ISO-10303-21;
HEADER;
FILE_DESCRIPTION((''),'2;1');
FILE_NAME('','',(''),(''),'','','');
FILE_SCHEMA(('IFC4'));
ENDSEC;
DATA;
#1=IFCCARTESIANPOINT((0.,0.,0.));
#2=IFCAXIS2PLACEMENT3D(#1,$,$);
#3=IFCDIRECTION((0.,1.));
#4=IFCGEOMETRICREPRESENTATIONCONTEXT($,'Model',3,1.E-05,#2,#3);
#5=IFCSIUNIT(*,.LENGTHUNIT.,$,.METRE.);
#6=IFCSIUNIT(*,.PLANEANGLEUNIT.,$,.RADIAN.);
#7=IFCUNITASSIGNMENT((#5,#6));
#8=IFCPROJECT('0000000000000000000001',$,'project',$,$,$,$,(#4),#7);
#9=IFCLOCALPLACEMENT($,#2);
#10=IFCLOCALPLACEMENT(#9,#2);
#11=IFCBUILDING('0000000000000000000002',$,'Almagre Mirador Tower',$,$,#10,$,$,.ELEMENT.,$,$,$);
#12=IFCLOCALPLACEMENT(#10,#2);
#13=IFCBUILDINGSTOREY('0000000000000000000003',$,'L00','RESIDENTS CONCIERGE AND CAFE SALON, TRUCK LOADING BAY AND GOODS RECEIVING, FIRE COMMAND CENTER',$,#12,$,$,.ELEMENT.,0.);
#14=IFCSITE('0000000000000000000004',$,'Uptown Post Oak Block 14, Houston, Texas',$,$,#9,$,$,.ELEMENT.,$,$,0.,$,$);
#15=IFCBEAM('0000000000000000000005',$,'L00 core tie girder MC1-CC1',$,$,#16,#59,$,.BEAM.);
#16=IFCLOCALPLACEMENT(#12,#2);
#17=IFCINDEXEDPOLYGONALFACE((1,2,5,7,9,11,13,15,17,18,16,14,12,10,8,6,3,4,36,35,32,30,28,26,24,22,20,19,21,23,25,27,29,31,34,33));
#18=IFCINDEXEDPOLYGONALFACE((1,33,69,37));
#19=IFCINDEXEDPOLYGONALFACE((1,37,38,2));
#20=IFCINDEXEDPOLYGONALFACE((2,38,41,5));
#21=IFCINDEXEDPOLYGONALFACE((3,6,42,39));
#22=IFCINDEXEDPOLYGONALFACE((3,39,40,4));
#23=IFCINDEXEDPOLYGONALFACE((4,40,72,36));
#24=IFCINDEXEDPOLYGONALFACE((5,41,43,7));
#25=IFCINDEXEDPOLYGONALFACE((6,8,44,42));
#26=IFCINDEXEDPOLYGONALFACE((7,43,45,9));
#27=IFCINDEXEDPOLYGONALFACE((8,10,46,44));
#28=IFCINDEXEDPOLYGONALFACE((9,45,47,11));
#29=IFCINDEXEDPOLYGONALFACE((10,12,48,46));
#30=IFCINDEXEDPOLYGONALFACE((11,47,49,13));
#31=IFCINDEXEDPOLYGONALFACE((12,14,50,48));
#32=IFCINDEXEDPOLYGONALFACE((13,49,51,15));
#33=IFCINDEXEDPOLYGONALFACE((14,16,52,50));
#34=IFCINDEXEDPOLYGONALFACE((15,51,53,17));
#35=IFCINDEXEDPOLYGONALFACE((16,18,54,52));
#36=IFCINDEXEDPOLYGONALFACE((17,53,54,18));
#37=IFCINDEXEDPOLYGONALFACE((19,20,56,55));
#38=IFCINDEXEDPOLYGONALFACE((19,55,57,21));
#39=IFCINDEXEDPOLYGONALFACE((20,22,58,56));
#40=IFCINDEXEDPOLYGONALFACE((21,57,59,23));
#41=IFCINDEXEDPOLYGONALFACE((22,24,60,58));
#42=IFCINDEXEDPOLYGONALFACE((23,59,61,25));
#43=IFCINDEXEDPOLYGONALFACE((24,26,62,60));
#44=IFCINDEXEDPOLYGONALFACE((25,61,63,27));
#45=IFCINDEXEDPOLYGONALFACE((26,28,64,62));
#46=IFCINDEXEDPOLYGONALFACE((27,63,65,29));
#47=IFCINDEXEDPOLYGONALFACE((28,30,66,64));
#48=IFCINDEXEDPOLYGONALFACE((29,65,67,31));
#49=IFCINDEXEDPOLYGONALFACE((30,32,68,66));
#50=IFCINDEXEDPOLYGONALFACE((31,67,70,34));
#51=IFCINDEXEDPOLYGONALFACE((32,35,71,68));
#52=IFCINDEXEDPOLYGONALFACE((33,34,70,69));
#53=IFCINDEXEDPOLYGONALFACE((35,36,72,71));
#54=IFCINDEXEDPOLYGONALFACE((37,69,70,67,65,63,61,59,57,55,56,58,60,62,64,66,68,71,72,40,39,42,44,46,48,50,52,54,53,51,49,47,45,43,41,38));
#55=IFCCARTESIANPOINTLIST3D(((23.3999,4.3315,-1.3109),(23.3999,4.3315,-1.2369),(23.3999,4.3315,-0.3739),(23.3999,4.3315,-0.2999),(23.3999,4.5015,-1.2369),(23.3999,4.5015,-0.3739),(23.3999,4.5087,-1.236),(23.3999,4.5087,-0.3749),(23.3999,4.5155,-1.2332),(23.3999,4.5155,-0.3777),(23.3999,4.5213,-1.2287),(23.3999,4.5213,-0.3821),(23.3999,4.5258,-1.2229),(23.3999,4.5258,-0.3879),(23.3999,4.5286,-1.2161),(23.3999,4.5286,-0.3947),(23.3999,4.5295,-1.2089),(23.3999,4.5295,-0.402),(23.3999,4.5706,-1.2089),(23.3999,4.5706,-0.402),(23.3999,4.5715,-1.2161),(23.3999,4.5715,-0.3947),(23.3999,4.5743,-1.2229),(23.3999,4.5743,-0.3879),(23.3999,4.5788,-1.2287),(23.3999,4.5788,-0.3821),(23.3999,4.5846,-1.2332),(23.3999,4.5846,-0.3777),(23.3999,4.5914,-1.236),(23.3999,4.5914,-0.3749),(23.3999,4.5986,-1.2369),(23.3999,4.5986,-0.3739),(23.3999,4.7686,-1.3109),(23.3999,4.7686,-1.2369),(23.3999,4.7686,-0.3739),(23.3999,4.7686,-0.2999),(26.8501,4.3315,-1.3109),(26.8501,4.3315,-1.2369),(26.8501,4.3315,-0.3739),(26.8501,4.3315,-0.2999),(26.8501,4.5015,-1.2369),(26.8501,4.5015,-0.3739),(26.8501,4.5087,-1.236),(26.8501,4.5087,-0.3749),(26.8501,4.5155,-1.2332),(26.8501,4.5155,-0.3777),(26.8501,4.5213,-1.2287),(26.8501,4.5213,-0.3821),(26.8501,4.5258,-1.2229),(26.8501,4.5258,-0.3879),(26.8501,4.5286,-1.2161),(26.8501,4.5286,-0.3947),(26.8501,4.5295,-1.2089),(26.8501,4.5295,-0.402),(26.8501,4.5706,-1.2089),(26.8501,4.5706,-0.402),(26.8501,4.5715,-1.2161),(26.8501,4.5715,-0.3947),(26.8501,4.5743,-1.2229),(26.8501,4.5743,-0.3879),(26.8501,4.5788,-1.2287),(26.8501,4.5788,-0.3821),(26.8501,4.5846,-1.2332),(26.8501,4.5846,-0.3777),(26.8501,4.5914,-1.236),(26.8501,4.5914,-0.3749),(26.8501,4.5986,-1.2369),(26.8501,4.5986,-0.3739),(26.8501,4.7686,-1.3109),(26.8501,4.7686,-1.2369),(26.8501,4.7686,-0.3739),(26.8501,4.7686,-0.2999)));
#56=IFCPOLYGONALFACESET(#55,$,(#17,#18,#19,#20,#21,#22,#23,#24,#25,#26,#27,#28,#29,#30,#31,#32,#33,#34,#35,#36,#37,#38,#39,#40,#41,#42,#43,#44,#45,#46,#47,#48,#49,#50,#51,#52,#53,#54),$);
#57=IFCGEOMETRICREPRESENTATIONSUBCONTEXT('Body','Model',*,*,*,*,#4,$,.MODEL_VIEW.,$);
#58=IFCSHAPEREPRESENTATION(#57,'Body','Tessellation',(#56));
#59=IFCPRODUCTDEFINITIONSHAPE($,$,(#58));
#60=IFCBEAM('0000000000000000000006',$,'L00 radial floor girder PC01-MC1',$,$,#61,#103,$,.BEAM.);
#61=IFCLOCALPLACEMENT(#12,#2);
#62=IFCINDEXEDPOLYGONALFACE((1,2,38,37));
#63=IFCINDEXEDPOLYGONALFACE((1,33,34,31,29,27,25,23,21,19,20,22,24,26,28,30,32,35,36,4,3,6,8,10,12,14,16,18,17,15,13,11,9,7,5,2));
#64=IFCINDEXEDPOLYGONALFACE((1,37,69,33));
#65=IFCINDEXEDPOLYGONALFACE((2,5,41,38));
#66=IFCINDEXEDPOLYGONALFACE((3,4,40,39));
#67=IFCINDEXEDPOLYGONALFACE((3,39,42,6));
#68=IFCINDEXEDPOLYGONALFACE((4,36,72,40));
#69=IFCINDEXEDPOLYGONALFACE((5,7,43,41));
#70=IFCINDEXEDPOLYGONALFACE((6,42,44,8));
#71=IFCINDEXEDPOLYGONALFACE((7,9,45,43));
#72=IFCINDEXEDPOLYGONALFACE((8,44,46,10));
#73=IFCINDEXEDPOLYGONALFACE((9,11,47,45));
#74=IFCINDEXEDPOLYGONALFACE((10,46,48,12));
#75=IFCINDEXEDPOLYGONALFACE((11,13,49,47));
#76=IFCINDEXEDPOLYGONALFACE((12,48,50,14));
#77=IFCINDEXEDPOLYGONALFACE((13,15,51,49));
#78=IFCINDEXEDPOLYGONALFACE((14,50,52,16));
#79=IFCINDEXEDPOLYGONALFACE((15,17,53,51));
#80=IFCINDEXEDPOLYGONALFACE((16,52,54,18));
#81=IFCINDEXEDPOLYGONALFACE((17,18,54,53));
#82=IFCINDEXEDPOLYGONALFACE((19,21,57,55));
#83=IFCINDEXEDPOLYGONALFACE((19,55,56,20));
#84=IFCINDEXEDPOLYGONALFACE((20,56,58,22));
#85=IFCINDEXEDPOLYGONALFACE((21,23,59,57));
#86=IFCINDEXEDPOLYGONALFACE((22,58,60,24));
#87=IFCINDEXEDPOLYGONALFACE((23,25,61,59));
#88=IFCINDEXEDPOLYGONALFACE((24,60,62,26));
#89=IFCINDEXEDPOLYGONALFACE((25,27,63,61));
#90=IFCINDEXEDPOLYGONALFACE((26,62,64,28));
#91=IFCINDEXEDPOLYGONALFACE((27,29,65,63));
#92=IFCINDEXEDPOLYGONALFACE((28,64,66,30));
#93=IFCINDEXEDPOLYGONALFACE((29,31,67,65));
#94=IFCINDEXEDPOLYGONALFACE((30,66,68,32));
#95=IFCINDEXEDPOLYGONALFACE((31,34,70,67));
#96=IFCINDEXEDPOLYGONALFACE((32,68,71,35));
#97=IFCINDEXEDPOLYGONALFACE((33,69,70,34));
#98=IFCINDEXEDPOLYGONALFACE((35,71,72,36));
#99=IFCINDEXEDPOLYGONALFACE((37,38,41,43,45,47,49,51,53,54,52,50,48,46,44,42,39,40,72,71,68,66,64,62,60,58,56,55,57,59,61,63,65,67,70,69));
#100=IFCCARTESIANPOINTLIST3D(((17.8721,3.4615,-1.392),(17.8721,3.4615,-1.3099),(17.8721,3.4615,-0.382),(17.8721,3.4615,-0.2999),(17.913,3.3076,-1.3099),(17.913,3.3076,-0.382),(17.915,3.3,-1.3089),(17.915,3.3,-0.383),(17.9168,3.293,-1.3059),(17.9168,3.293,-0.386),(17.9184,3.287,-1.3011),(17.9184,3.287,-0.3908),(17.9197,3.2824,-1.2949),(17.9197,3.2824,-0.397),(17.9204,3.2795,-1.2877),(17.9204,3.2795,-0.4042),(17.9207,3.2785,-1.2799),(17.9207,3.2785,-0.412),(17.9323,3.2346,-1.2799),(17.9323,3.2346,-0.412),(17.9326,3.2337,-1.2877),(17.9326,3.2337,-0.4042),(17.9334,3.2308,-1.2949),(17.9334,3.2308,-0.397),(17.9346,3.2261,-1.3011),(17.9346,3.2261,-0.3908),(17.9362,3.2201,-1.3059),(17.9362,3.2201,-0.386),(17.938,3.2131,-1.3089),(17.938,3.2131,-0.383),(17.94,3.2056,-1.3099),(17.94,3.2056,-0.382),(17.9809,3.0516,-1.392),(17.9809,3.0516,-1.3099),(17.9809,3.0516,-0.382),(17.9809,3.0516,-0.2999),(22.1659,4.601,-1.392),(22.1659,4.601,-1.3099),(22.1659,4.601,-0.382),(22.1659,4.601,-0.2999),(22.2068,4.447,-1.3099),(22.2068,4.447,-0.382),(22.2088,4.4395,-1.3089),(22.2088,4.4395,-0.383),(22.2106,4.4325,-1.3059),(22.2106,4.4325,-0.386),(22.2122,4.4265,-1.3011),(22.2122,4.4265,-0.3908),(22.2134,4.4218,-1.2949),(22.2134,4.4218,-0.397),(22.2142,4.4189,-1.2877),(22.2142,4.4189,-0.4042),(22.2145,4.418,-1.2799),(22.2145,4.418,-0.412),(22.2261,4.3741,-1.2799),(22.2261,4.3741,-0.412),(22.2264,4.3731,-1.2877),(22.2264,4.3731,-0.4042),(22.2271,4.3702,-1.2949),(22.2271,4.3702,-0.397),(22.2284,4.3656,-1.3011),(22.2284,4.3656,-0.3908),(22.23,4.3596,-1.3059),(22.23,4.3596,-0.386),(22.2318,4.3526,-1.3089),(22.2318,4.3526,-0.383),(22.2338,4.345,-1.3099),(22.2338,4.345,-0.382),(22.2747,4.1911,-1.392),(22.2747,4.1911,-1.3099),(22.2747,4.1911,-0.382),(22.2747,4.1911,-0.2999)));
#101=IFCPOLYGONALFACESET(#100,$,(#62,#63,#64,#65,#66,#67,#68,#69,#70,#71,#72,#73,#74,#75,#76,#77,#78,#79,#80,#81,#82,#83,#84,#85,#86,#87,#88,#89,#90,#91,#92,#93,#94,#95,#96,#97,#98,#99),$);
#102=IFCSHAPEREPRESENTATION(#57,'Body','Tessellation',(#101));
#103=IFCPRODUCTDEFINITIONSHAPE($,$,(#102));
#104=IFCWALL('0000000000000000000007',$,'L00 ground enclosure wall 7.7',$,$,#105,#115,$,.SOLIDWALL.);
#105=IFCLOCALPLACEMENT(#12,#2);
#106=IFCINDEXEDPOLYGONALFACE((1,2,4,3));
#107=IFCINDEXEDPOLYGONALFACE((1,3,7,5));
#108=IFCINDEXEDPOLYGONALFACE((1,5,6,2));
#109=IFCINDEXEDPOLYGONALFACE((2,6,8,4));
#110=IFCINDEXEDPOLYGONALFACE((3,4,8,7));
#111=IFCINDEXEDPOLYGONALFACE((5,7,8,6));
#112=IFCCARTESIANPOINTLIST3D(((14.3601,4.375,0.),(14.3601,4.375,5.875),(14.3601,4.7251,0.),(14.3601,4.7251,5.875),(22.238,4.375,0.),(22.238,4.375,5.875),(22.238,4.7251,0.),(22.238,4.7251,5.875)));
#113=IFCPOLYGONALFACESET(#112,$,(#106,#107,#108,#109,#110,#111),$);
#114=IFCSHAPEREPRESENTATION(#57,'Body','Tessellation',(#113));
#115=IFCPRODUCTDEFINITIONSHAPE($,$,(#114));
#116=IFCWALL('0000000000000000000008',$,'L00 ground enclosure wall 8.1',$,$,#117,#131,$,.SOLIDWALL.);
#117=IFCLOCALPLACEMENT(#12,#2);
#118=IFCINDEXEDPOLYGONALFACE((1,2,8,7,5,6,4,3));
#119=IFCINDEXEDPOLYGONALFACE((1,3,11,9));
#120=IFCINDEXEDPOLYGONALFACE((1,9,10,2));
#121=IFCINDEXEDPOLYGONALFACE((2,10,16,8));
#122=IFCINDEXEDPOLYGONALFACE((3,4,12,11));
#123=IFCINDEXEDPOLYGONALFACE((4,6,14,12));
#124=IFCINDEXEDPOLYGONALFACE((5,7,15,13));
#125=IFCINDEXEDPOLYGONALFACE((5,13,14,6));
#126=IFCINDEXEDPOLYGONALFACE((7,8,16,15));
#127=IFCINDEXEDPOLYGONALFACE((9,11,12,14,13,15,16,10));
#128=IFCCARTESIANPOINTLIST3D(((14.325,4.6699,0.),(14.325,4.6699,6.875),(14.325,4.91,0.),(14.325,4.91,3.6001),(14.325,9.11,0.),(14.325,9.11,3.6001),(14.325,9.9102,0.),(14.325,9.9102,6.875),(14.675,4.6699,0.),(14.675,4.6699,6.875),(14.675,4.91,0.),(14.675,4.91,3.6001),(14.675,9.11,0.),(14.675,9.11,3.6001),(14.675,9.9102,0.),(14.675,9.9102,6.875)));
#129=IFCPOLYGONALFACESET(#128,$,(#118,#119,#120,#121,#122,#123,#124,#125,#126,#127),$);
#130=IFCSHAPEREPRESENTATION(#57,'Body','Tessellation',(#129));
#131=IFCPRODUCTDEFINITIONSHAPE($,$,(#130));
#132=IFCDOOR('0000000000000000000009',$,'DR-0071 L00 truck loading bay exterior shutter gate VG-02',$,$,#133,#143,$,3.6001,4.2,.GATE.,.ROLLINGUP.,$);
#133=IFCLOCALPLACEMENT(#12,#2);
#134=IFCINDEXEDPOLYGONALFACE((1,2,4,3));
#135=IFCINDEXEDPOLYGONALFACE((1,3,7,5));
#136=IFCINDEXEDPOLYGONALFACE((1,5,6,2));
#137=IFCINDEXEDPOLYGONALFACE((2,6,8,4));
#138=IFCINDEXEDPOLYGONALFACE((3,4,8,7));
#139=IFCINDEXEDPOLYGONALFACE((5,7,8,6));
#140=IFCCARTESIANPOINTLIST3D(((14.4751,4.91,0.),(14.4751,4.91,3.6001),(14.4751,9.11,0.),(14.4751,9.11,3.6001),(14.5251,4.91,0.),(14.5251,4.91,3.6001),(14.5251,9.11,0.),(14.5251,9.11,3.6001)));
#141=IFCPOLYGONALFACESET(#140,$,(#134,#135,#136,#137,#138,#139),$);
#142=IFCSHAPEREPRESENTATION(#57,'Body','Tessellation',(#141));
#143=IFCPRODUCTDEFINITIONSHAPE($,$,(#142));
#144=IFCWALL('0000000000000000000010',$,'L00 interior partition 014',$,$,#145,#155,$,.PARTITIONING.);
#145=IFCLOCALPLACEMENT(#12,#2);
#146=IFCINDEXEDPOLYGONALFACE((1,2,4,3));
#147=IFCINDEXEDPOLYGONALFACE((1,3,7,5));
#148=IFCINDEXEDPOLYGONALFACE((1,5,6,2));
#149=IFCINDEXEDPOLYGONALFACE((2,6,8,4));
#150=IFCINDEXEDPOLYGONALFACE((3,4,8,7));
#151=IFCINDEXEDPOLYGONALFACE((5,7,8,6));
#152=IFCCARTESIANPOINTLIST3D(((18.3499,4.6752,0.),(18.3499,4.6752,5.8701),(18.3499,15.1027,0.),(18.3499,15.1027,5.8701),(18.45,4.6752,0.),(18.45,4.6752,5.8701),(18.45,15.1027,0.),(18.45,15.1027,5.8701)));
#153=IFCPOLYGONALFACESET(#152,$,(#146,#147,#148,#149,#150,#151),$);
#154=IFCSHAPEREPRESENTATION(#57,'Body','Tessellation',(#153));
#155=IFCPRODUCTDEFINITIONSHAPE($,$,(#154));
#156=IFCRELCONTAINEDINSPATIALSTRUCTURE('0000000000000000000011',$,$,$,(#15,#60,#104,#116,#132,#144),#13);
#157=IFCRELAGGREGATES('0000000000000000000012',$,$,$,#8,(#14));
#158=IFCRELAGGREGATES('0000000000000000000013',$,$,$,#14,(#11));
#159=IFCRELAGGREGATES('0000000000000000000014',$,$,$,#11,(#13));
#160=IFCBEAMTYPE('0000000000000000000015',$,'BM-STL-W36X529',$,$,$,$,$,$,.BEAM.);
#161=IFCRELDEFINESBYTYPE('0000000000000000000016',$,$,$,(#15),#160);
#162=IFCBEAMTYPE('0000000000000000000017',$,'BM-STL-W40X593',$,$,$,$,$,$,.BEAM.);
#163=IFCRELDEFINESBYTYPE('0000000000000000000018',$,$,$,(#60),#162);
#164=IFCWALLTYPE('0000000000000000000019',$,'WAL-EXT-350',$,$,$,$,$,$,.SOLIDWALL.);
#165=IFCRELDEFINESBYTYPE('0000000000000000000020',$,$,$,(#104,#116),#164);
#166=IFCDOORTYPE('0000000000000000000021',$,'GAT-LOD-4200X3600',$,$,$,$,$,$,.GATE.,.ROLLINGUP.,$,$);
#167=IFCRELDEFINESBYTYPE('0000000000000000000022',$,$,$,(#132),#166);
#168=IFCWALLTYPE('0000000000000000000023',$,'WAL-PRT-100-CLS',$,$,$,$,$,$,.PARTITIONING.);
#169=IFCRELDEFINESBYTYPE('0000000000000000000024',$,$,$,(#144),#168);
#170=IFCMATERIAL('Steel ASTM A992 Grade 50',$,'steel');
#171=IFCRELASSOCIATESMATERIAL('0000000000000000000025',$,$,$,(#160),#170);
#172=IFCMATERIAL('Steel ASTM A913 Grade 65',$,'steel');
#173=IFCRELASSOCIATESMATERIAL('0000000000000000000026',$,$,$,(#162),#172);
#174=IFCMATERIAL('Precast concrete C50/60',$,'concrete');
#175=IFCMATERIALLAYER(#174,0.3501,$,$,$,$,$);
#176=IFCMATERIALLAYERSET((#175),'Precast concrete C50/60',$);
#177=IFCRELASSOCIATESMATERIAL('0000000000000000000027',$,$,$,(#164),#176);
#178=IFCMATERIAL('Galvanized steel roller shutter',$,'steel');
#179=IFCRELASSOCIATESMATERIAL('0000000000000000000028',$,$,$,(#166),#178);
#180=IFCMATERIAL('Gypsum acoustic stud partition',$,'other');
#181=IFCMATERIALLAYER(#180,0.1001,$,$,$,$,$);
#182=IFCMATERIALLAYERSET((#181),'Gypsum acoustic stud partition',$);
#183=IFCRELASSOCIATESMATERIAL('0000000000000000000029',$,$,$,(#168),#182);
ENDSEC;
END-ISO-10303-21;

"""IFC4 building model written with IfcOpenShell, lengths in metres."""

from ifc_helpers import new_model, si_unit, direction, frame, frame_2d, origin, origin_2d, place, context, subcontext, project, spatial, rectangle, i_section, extrude, material, layer, layer_set, material_profile, profile_set, type_object, element, fill, save


model = new_model("IFC4")

# Units and contexts
model_context = context("Model", 3, precision=1e-05, world=origin(), true_north=direction((0.0, 1.0)))
body_context = subcontext(model_context, "Body", "Model", "MODEL_VIEW")
ifc_project = project(units=[si_unit("LENGTHUNIT", "METRE"), si_unit("PLANEANGLEUNIT", "RADIAN")], contexts=[model_context])

# Site, building, storey
site_placement = place(None, origin())
site = spatial("IfcSite", under=ifc_project, at=site_placement, Name="Uptown Post Oak Block 14, Houston, Texas", CompositionType="ELEMENT", RefElevation=0.0)
building_placement = place(site_placement, origin())
building = spatial("IfcBuilding", under=site, at=building_placement, Name="Almagre Mirador Tower", CompositionType="ELEMENT")
storey_placement = place(building_placement, origin())
storey = spatial("IfcBuildingStorey", under=building, at=storey_placement, Name="L00", Description="RESIDENTS CONCIERGE AND CAFE SALON, TRUCK LOADING BAY AND GOODS RECEIVING, FIRE COMMAND CENTER", CompositionType="ELEMENT", Elevation=0.0)

# Beams
ifc_material_1 = material(Name="Steel ASTM A992 Grade 50", Category="steel")
ifc_material_profile_1 = material_profile(ifc_material_1, i_section(OverallWidth=0.437, OverallDepth=1.011, WebThickness=0.041, FlangeThickness=0.074, FilletRadius=0.0281, at=origin_2d()), Name="W36X529")
ifc_profile_set_1 = profile_set([ifc_material_profile_1], Name="Steel ASTM A992 Grade 50")
beam_type_1 = type_object("IfcBeamType", Name="BM-STL-W36X529", PredefinedType="BEAM", material=ifc_profile_set_1)
beam_1_placement = place(storey_placement, frame((23.3999, 4.55, -0.8054), z_axis=(1.0, 0.0, 0.0), x_axis=(0.0, 1.0, 0.0)))
element("IfcBeam", 1, at=beam_1_placement, inside=storey, type_object=beam_type_1, Name="L00 core tie girder MC1-CC1", PredefinedType="BEAM", context=body_context, shape_type="SweptSolid", body=[
    extrude(i_section(OverallWidth=0.437, OverallDepth=1.011, WebThickness=0.041, FlangeThickness=0.074, FilletRadius=0.0281, at=origin_2d()), origin(), (0.0, 0.0, 1.0), 3.4502),
])
ifc_material_2 = material(Name="Steel ASTM A913 Grade 65", Category="steel")
ifc_material_profile_2 = material_profile(ifc_material_2, i_section(OverallWidth=0.4241, OverallDepth=1.092, WebThickness=0.0454, FlangeThickness=0.082, FilletRadius=0.03, at=origin_2d()), Name="W40X593")
ifc_profile_set_2 = profile_set([ifc_material_profile_2], Name="Steel ASTM A913 Grade 65")
beam_type_2 = type_object("IfcBeamType", Name="BM-STL-W40X593", PredefinedType="BEAM", material=ifc_profile_set_2)
beam_2_placement = place(storey_placement, frame((17.9265, 3.2566, -0.8459), z_axis=(0.966547, 0.256489, 0.0), x_axis=(-0.256489, 0.966547, 0.0)))
element("IfcBeam", 2, at=beam_2_placement, inside=storey, type_object=beam_type_2, Name="L00 radial floor girder PC01-MC1", PredefinedType="BEAM", context=body_context, shape_type="SweptSolid", body=[
    extrude(i_section(OverallWidth=0.4241, OverallDepth=1.092, WebThickness=0.0454, FlangeThickness=0.082, FilletRadius=0.03, at=origin_2d()), origin(), (0.0, 0.0, 1.0), 4.4424),
])

# Wall
ifc_material_3 = material(Name="Precast concrete C50/60", Category="concrete")
ifc_layer_1 = layer(ifc_material_3, 0.3501)
ifc_layer_set_1 = layer_set([ifc_layer_1], Name="Precast concrete C50/60")
wall_type_1 = type_object("IfcWallType", Name="WAL-EXT-350", PredefinedType="SOLIDWALL", material=ifc_layer_set_1)
wall_1_placement = place(storey_placement, frame((22.238, 4.55, 0.0), z_axis=(0.0, 0.0, 1.0), x_axis=(-1.0, 0.0, 0.0)))
element("IfcWall", 3, at=wall_1_placement, inside=storey, type_object=wall_type_1, Name="L00 ground enclosure wall 7.7", PredefinedType="SOLIDWALL", context=body_context, shape_type="SweptSolid", body=[
    extrude(rectangle(XDim=7.8779, YDim=0.3501, at=frame_2d((3.939, 0.0))), origin(), (0.0, 0.0, 1.0), 5.875),
])

# Wall, opening, door
wall_2_placement = place(storey_placement, frame((14.5, 4.6699, 0.0), z_axis=(0.0, 0.0, 1.0), x_axis=(0.0, 1.0, 0.0)))
wall_2 = element("IfcWall", 4, at=wall_2_placement, inside=storey, type_object=wall_type_1, Name="L00 ground enclosure wall 8.1", PredefinedType="SOLIDWALL", context=body_context, shape_type="SweptSolid", body=[
    extrude(rectangle(XDim=5.2402, YDim=0.3501, at=frame_2d((2.6201, 0.0))), origin(), (0.0, 0.0, 1.0), 6.875),
])
opening_1_placement = place(wall_2_placement, frame((0.24, 0.0, 0.0)))
opening_1 = element("IfcOpeningElement", 5, at=opening_1_placement, cuts=wall_2, PredefinedType="OPENING", context=body_context, shape_type="SweptSolid", body=[
    extrude(rectangle(XDim=4.2, YDim=3.6001, at=frame_2d((2.1001, 1.8))), frame((0.0, 0.185, 0.0), z_axis=(0.0, -1.0, 0.0), x_axis=(1.0, 0.0, 0.0)), (0.0, 0.0, 1.0), 0.3701),
])
ifc_material_4 = material(Name="Galvanized steel roller shutter", Category="steel")
door_type_1 = type_object("IfcDoorType", Name="GAT-LOD-4200X3600", OperationType="ROLLINGUP", PredefinedType="GATE", material=ifc_material_4)
door_1_placement = place(opening_1_placement, origin())
door_1 = element("IfcDoor", 6, at=door_1_placement, inside=storey, type_object=door_type_1, Name="DR-0071 L00 truck loading bay exterior shutter gate VG-02", OperationType="ROLLINGUP", OverallHeight=3.6001, OverallWidth=4.2, PredefinedType="GATE", context=body_context, shape_type="SweptSolid", body=[
    extrude(rectangle(XDim=4.2, YDim=3.6001, at=frame_2d((2.1001, 1.8))), frame((0.0, 0.0249, 0.0), z_axis=(0.0, -1.0, 0.0), x_axis=(1.0, 0.0, 0.0)), (0.0, 0.0, 1.0), 0.05),
])
fill(opening_1, door_1)

# Wall
ifc_material_5 = material(Name="Gypsum acoustic stud partition", Category="other")
ifc_layer_2 = layer(ifc_material_5, 0.1001)
ifc_layer_set_2 = layer_set([ifc_layer_2], Name="Gypsum acoustic stud partition")
wall_type_2 = type_object("IfcWallType", Name="WAL-PRT-100-CLS", PredefinedType="PARTITIONING", material=ifc_layer_set_2)
wall_3_placement = place(storey_placement, frame((18.3999, 4.675, 0.0), z_axis=(0.0, 0.0, 1.0), x_axis=(0.0, 1.0, 0.0)))
element("IfcWall", 7, at=wall_3_placement, inside=storey, type_object=wall_type_2, Name="L00 interior partition 014", PredefinedType="PARTITIONING", context=body_context, shape_type="SweptSolid", body=[
    extrude(rectangle(XDim=10.4275, YDim=0.1001, at=frame_2d((5.2139, 0.0))), origin(), (0.0, 0.0, 1.0), 5.8701),
])

save(model, "model.ifc")
